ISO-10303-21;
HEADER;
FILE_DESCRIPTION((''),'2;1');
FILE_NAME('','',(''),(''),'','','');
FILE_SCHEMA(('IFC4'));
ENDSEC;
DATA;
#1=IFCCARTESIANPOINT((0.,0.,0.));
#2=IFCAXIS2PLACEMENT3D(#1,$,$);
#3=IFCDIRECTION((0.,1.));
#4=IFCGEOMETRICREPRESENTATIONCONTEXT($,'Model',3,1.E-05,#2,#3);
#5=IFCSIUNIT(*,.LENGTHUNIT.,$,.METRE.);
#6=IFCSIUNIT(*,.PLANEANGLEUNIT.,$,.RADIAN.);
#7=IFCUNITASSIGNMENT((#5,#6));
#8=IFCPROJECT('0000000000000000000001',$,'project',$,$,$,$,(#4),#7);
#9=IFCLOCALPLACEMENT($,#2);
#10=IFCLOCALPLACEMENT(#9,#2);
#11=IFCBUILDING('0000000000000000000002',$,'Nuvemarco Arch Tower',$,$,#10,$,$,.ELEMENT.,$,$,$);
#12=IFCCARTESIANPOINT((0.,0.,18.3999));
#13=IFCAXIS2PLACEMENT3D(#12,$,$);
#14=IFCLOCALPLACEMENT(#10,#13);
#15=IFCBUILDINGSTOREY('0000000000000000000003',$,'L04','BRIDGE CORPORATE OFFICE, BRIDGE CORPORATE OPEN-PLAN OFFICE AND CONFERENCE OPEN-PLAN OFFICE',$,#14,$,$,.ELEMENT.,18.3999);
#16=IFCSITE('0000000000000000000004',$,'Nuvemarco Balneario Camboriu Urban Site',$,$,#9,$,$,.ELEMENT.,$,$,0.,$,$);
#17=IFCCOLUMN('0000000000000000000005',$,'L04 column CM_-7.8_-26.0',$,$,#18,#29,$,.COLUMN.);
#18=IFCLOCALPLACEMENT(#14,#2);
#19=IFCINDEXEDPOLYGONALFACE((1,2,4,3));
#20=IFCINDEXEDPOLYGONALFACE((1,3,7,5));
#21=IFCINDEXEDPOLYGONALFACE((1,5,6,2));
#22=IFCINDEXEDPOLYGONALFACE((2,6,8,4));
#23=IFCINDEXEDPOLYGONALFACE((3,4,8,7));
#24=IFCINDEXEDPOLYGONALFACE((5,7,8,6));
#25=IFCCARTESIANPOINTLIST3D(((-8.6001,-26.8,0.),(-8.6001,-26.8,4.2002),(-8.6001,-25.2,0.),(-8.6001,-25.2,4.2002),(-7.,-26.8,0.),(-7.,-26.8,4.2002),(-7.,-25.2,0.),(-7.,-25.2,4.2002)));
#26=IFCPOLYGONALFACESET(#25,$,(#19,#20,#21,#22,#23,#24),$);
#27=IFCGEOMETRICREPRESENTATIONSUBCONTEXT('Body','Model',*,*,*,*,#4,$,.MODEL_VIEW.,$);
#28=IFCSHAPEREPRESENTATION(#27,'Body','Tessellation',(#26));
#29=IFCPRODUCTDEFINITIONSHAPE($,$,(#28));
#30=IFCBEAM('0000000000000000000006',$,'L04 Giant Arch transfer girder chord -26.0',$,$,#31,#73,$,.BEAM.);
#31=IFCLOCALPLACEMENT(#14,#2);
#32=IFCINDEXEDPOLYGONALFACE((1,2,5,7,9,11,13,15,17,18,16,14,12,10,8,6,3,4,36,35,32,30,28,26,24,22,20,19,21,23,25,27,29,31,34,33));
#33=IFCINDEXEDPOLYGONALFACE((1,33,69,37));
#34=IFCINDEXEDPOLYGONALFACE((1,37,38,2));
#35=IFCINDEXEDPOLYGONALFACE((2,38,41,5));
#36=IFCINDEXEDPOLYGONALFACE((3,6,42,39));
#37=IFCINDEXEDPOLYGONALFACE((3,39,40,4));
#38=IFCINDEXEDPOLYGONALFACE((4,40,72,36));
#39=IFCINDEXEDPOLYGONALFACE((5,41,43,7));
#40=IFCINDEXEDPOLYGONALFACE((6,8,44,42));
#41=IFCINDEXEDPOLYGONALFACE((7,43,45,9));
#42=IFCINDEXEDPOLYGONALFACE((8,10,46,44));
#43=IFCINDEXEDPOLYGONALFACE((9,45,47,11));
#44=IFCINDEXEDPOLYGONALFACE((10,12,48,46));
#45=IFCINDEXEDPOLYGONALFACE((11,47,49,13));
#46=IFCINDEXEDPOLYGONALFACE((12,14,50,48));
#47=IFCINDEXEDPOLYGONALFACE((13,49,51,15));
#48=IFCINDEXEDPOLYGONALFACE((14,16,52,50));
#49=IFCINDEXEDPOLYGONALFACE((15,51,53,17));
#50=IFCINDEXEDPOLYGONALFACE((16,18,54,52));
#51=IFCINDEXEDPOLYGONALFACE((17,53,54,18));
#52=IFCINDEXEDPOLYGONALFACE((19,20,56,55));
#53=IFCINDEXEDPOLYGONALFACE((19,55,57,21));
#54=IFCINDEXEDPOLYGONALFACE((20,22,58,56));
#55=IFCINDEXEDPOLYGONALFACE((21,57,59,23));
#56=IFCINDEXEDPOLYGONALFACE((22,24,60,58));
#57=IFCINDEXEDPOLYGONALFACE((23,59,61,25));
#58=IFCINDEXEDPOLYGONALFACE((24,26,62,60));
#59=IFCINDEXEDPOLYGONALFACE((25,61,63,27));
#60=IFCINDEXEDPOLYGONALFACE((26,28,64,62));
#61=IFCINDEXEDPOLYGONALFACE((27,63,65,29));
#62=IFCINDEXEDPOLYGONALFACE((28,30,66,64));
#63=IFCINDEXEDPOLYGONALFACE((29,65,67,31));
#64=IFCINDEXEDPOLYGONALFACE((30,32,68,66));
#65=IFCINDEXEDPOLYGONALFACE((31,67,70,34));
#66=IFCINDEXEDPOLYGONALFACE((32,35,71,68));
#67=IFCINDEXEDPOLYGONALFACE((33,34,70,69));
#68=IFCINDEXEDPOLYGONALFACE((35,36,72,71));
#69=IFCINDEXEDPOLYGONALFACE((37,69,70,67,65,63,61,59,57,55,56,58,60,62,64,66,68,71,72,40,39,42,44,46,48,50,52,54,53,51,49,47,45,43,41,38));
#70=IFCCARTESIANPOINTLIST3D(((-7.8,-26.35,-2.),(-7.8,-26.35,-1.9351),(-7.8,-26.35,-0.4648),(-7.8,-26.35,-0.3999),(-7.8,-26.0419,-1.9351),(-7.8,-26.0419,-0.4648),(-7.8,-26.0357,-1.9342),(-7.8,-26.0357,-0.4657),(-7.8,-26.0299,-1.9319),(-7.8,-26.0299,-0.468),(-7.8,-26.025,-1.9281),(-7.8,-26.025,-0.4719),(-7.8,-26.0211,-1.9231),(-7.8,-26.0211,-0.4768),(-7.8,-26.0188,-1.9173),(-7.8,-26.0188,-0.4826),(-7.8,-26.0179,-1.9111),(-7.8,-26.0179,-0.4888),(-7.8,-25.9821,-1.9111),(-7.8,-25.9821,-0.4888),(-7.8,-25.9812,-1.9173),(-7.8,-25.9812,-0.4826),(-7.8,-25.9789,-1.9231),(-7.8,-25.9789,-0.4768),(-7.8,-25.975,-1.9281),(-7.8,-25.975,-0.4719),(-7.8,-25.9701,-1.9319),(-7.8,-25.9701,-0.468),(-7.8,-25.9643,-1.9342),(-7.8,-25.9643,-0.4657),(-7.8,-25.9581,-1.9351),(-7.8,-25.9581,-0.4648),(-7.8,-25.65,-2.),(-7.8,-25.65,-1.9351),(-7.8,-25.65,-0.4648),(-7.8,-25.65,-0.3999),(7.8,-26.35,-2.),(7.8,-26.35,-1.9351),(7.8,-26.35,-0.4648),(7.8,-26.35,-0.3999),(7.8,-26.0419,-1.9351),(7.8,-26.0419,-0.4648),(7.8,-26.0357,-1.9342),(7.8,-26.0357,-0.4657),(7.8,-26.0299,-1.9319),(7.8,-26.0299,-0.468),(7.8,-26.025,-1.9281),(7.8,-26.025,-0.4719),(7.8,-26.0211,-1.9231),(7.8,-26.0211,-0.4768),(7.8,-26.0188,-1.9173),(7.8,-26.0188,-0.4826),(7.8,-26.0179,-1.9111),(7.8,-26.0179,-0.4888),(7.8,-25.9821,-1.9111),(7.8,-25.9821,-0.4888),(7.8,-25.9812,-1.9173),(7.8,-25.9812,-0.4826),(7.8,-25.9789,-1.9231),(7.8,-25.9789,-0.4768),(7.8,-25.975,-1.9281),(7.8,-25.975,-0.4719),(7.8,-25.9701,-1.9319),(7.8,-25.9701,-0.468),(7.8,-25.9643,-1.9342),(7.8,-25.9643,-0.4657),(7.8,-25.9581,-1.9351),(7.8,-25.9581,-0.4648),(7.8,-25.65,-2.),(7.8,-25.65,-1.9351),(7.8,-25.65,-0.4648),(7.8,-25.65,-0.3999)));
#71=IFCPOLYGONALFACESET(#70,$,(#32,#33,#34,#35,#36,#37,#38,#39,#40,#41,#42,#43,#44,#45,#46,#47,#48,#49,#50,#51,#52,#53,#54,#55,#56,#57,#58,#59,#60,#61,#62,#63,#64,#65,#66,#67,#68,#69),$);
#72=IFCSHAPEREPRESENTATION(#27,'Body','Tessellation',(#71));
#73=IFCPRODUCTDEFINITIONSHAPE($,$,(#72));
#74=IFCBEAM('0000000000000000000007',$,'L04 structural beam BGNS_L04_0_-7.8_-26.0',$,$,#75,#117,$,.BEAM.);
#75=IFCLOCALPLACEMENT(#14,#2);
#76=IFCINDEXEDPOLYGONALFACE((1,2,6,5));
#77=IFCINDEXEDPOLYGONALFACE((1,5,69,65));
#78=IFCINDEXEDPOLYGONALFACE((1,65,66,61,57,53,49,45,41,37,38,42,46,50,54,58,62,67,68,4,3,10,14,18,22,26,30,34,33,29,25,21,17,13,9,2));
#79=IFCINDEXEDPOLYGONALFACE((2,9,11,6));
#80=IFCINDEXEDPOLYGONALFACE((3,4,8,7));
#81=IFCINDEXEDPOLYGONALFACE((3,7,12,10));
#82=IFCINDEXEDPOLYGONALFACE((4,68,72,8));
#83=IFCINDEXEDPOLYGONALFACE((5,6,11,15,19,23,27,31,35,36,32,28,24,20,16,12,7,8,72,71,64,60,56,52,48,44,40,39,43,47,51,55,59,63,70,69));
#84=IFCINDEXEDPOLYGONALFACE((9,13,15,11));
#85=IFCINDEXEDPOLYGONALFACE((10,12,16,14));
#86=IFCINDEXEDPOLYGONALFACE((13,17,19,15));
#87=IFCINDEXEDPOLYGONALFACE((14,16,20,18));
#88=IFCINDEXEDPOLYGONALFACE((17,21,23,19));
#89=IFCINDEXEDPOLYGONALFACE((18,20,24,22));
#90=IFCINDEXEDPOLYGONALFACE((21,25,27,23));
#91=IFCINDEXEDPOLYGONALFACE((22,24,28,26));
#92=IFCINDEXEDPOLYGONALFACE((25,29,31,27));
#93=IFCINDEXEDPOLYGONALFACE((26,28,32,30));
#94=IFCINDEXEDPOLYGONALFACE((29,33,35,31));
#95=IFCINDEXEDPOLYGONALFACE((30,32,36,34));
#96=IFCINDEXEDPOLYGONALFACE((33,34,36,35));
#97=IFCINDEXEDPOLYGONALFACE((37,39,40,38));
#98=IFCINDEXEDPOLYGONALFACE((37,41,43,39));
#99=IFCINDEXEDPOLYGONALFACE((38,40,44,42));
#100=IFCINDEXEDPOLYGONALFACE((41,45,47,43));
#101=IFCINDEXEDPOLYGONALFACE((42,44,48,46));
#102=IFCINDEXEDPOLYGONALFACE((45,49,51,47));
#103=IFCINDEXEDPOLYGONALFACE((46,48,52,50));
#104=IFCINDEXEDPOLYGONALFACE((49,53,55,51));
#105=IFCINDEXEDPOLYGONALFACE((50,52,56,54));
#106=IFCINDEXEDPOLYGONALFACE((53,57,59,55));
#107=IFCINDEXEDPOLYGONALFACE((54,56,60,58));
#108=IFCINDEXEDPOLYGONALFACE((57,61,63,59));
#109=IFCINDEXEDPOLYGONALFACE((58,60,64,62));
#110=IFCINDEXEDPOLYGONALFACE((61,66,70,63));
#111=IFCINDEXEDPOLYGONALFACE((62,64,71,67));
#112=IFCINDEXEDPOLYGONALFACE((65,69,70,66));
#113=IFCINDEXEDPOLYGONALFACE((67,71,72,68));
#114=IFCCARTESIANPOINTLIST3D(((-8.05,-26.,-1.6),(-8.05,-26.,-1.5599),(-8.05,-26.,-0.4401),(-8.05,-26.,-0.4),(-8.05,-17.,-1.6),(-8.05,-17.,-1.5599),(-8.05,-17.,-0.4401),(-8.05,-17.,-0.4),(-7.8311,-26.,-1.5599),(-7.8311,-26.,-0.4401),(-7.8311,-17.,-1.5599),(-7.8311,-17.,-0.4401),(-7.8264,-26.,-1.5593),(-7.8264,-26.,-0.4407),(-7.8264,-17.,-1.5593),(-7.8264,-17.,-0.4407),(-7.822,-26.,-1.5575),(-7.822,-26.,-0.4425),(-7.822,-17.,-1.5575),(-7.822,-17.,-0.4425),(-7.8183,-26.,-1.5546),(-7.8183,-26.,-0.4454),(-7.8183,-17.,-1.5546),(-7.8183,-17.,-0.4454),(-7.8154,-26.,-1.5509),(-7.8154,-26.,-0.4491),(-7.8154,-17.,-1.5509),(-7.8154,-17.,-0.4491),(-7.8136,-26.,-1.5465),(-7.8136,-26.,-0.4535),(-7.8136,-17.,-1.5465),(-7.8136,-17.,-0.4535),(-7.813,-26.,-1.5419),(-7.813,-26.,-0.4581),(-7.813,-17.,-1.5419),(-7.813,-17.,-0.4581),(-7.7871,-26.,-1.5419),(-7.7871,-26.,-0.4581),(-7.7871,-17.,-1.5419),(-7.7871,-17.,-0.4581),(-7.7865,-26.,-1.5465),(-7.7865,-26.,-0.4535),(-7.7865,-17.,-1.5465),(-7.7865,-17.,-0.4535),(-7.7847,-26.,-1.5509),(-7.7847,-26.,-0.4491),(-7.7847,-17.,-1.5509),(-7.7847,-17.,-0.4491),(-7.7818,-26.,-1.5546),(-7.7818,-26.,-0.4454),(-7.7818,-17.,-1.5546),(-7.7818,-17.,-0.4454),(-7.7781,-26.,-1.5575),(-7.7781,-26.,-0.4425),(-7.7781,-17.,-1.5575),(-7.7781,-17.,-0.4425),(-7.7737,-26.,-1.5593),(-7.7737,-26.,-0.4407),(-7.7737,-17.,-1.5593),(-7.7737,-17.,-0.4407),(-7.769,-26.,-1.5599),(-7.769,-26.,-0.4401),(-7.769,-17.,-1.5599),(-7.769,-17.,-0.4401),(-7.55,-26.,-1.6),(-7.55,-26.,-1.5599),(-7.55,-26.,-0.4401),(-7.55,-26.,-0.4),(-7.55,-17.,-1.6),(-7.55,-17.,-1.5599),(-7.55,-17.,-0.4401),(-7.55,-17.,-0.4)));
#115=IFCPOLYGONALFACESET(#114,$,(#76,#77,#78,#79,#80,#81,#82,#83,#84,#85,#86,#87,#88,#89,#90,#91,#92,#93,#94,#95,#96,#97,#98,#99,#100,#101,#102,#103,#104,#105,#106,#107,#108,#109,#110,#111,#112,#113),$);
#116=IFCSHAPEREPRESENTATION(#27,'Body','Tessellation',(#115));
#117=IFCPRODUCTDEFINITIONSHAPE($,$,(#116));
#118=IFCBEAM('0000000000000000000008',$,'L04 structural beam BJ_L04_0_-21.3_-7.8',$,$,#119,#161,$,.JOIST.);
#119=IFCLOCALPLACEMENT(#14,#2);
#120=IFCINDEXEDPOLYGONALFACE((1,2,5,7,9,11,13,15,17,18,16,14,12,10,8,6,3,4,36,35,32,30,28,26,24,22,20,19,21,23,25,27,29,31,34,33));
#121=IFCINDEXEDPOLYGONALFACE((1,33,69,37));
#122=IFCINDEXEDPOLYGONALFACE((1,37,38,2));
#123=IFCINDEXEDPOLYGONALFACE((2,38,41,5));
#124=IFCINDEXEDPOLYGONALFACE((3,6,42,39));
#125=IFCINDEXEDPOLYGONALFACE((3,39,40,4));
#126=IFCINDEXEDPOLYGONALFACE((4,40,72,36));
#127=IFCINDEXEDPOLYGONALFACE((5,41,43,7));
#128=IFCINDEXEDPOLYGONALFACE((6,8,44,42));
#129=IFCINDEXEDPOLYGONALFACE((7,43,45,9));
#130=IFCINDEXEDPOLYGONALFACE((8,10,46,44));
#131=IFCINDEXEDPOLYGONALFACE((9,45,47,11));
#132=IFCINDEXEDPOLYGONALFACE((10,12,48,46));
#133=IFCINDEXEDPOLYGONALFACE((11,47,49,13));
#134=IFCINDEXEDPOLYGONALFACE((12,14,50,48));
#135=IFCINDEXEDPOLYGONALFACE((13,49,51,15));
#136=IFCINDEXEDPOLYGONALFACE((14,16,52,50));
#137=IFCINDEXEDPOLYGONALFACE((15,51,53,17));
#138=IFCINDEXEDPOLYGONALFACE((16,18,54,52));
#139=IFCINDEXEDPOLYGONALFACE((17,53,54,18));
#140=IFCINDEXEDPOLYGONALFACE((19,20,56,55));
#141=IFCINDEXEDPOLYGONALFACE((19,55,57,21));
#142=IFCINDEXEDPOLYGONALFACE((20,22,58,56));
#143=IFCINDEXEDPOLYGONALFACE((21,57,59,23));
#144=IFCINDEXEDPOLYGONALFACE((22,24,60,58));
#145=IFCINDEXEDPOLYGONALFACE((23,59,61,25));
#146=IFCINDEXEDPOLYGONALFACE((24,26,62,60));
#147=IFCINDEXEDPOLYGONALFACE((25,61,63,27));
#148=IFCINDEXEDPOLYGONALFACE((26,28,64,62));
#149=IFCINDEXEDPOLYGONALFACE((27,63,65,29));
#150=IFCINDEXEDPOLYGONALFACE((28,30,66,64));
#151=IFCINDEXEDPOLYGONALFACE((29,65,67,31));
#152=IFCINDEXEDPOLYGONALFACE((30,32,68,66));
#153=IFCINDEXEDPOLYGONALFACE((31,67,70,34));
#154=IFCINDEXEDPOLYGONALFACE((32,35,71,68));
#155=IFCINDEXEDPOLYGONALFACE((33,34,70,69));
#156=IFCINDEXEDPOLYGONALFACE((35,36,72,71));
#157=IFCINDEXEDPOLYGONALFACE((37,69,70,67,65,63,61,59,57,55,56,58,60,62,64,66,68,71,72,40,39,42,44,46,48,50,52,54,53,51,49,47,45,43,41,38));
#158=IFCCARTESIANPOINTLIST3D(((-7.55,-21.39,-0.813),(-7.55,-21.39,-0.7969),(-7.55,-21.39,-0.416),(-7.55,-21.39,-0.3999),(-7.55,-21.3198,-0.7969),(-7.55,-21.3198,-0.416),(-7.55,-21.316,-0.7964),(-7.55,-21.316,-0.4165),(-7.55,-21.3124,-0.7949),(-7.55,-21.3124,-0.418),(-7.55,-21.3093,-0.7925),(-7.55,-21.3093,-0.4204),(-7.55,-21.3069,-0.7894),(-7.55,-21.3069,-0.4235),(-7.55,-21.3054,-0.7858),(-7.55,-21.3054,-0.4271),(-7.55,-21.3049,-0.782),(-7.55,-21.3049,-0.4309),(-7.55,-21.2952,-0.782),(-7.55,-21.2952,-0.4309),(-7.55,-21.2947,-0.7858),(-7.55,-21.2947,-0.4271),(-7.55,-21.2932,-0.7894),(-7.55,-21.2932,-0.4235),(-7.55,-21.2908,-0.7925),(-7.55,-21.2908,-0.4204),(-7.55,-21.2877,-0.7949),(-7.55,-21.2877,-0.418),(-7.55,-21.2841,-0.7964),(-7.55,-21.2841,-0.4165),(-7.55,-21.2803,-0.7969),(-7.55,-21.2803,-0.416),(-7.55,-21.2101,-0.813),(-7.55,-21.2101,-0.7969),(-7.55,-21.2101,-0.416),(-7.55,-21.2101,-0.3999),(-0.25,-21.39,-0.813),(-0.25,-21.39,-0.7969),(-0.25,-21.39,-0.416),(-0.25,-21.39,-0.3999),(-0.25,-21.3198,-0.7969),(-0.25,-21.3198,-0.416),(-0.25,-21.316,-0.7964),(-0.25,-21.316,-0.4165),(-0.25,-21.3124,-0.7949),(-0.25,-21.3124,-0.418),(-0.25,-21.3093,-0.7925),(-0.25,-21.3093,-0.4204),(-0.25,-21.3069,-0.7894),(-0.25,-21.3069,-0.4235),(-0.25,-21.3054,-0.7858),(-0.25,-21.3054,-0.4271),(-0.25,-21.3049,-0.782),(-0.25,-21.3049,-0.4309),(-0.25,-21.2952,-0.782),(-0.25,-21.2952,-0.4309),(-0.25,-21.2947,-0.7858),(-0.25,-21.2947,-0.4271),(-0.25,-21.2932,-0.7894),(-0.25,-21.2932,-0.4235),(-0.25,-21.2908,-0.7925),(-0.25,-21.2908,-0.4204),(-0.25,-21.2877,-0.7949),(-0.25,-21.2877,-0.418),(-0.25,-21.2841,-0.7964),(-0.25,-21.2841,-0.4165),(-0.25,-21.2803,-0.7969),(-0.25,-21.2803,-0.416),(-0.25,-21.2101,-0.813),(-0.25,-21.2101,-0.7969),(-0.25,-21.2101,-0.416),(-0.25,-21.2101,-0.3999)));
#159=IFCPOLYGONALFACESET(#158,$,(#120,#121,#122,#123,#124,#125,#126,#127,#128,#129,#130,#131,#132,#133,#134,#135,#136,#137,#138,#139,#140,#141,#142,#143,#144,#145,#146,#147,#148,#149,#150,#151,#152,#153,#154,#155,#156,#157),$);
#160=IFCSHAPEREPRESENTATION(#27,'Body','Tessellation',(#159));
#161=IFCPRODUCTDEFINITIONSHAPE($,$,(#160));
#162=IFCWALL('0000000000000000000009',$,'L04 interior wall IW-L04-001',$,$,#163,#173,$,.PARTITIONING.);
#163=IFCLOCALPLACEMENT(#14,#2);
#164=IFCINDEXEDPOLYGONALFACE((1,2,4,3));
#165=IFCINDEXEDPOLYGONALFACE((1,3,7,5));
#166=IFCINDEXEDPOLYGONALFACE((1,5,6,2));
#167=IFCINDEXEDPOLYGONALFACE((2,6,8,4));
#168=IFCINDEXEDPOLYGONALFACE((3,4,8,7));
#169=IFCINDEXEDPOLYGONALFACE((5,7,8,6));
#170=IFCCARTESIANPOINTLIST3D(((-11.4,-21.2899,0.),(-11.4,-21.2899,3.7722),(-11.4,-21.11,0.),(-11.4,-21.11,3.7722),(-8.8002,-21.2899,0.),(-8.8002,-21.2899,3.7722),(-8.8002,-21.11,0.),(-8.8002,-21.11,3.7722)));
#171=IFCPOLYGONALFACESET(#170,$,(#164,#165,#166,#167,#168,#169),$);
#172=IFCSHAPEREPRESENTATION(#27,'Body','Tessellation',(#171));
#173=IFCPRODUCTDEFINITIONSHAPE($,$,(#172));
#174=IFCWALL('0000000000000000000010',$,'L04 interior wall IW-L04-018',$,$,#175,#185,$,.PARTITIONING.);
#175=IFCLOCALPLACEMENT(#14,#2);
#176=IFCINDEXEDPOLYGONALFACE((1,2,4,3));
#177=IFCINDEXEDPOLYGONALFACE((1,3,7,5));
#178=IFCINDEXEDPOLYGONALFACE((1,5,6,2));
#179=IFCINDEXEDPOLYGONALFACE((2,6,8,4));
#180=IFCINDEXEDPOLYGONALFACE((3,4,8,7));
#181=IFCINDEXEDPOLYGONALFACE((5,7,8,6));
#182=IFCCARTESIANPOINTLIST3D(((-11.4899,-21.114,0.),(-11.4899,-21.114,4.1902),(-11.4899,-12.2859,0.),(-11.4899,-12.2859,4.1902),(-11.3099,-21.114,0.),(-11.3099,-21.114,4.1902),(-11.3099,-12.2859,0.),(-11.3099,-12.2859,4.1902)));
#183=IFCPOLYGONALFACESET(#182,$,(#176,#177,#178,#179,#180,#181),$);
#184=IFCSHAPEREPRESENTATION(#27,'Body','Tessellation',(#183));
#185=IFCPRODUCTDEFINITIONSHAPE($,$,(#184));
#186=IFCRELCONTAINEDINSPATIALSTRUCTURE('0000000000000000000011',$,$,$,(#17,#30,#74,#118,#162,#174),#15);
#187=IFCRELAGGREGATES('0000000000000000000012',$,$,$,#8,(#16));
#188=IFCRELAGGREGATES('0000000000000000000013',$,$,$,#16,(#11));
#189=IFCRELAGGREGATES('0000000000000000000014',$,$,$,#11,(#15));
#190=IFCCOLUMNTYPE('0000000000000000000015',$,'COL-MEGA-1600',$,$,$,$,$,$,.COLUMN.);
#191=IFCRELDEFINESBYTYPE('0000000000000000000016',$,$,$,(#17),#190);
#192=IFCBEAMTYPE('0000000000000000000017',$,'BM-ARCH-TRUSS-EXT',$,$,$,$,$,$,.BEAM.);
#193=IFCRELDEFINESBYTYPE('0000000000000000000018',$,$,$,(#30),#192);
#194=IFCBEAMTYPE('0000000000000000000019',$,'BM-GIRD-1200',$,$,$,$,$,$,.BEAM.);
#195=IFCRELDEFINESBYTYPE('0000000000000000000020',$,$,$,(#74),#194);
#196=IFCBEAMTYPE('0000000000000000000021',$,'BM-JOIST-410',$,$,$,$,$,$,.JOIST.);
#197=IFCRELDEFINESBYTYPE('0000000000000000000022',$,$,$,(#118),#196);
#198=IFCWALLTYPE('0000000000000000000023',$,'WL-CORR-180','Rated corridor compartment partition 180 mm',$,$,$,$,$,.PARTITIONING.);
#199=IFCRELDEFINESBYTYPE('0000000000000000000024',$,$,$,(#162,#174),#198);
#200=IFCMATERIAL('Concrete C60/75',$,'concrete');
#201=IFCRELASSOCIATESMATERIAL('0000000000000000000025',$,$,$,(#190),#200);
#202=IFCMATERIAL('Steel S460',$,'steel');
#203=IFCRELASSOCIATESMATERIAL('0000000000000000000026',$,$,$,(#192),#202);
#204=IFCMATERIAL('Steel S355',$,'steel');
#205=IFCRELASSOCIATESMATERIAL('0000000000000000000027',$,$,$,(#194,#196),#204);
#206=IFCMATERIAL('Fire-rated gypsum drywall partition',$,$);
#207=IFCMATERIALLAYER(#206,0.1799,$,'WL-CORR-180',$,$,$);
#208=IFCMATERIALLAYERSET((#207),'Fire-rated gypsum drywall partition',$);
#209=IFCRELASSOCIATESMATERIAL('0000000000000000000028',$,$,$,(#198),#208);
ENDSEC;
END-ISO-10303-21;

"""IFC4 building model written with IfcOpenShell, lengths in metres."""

from ifc_helpers import new_model, si_unit, direction, frame, frame_2d, origin, origin_2d, place, context, subcontext, project, spatial, rectangle, i_section, extrude, material, layer, layer_set, material_profile, profile_set, type_object, element, save


model = new_model("IFC4")

# Units and contexts
model_context = context("Model", 3, precision=1e-05, world=origin(), true_north=direction((0.0, 1.0)))
body_context = subcontext(model_context, "Body", "Model", "MODEL_VIEW")
ifc_project = project(units=[si_unit("LENGTHUNIT", "METRE"), si_unit("PLANEANGLEUNIT", "RADIAN")], contexts=[model_context])

# Site, building, storey
site_placement = place(None, origin())
site = spatial("IfcSite", under=ifc_project, at=site_placement, Name="Nuvemarco Balneario Camboriu Urban Site", CompositionType="ELEMENT", RefElevation=0.0)
building_placement = place(site_placement, origin())
building = spatial("IfcBuilding", under=site, at=building_placement, Name="Nuvemarco Arch Tower", CompositionType="ELEMENT")
storey_placement = place(building_placement, frame((0.0, 0.0, 18.3999)))
storey = spatial("IfcBuildingStorey", under=building, at=storey_placement, Name="L04", Description="BRIDGE CORPORATE OFFICE, BRIDGE CORPORATE OPEN-PLAN OFFICE AND CONFERENCE OPEN-PLAN OFFICE", CompositionType="ELEMENT", Elevation=18.3999)

# Column
ifc_material_1 = material(Name="Concrete C60/75", Category="concrete")
ifc_material_profile_1 = material_profile(ifc_material_1, rectangle(XDim=1.6001, YDim=1.6001, at=origin_2d()), Name="RC-COL-1600x1600")
ifc_profile_set_1 = profile_set([ifc_material_profile_1], Name="Concrete C60/75")
column_type = type_object("IfcColumnType", Name="COL-MEGA-1600", PredefinedType="COLUMN", material=ifc_profile_set_1)
column_placement = place(storey_placement, frame((-7.8, -26.0, 0.0), z_axis=(0.0, 0.0, 1.0), x_axis=(1.0, 0.0, 0.0)))
element("IfcColumn", 1, at=column_placement, inside=storey, type_object=column_type, Name="L04 column CM_-7.8_-26.0", PredefinedType="COLUMN", context=body_context, shape_type="SweptSolid", body=[
    extrude(rectangle(XDim=1.6001, YDim=1.6001, at=origin_2d()), origin(), (0.0, 0.0, 1.0), 4.2002),
])

# Beams
ifc_material_2 = material(Name="Steel S460", Category="steel")
ifc_material_profile_2 = material_profile(ifc_material_2, i_section(OverallWidth=0.7, OverallDepth=1.6001, WebThickness=0.0359, FlangeThickness=0.0649, FilletRadius=0.0239, at=origin_2d()), Name="PG1600x700")
ifc_profile_set_2 = profile_set([ifc_material_profile_2], Name="Steel S460")
beam_type_1 = type_object("IfcBeamType", Name="BM-ARCH-TRUSS-EXT", PredefinedType="BEAM", material=ifc_profile_set_2)
beam_1_placement = place(storey_placement, frame((-7.8, -26.0, -1.2), z_axis=(1.0, 0.0, 0.0), x_axis=(0.0, 1.0, 0.0)))
element("IfcBeam", 2, at=beam_1_placement, inside=storey, type_object=beam_type_1, Name="L04 Giant Arch transfer girder chord -26.0", PredefinedType="BEAM", context=body_context, shape_type="SweptSolid", body=[
    extrude(i_section(OverallWidth=0.7, OverallDepth=1.6001, WebThickness=0.0359, FlangeThickness=0.0649, FilletRadius=0.0239, at=origin_2d()), origin(), (0.0, 0.0, 1.0), 15.6001),
])
ifc_material_3 = material(Name="Steel S355", Category="steel")
ifc_material_profile_3 = material_profile(ifc_material_3, i_section(OverallWidth=0.5, OverallDepth=1.2, WebThickness=0.0259, FlangeThickness=0.04, FilletRadius=0.0181, at=origin_2d()), Name="PG1200x500")
ifc_profile_set_3 = profile_set([ifc_material_profile_3], Name="Steel S355")
beam_type_2 = type_object("IfcBeamType", Name="BM-GIRD-1200", PredefinedType="BEAM", material=ifc_profile_set_3)
beam_2_placement = place(storey_placement, frame((-7.8, -26.0, -1.0), z_axis=(0.0, 1.0, 0.0), x_axis=(-1.0, 0.0, 0.0)))
element("IfcBeam", 3, at=beam_2_placement, inside=storey, type_object=beam_type_2, Name="L04 structural beam BGNS_L04_0_-7.8_-26.0", PredefinedType="BEAM", context=body_context, shape_type="SweptSolid", body=[
    extrude(i_section(OverallWidth=0.5, OverallDepth=1.2, WebThickness=0.0259, FlangeThickness=0.04, FilletRadius=0.0181, at=origin_2d()), origin(), (0.0, 0.0, 1.0), 9.0),
])
ifc_material_profile_4 = material_profile(ifc_material_3, i_section(OverallWidth=0.1799, OverallDepth=0.4131, WebThickness=0.0098, FlangeThickness=0.0161, FilletRadius=0.0149, at=origin_2d()), Name="W410x75")
ifc_profile_set_4 = profile_set([ifc_material_profile_4], Name="Steel S355")
beam_type_3 = type_object("IfcBeamType", Name="BM-JOIST-410", PredefinedType="JOIST", material=ifc_profile_set_4)
beam_3_placement = place(storey_placement, frame((-7.55, -21.3, -0.6064), z_axis=(1.0, 0.0, 0.0), x_axis=(0.0, 1.0, 0.0)))
element("IfcBeam", 4, at=beam_3_placement, inside=storey, type_object=beam_type_3, Name="L04 structural beam BJ_L04_0_-21.3_-7.8", PredefinedType="JOIST", context=body_context, shape_type="SweptSolid", body=[
    extrude(i_section(OverallWidth=0.1799, OverallDepth=0.4131, WebThickness=0.0098, FlangeThickness=0.0161, FilletRadius=0.0149, at=origin_2d()), origin(), (0.0, 0.0, 1.0), 7.3),
])

# Walls
ifc_material_4 = material(Name="Fire-rated gypsum drywall partition")
ifc_layer_1 = layer(ifc_material_4, 0.1799, Name="WL-CORR-180")
ifc_layer_set_1 = layer_set([ifc_layer_1], Name="Fire-rated gypsum drywall partition")
wall_type_1 = type_object("IfcWallType", Name="WL-CORR-180", Description="Rated corridor compartment partition 180 mm", PredefinedType="PARTITIONING", material=ifc_layer_set_1)
wall_1_placement = place(storey_placement, frame((-11.3999, -21.2, 0.0), z_axis=(0.0, 0.0, 1.0), x_axis=(1.0, 0.0, 0.0)))
element("IfcWall", 5, at=wall_1_placement, inside=storey, type_object=wall_type_1, Name="L04 interior wall IW-L04-001", PredefinedType="PARTITIONING", context=body_context, shape_type="SweptSolid", body=[
    extrude(rectangle(XDim=2.5999, YDim=0.1799, at=frame_2d((1.2998, 0.0))), origin(), (0.0, 0.0, 1.0), 3.7722),
])
wall_2_placement = place(storey_placement, frame((-11.3999, -21.114, 0.0), z_axis=(0.0, 0.0, 1.0), x_axis=(0.0, 1.0, 0.0)))
element("IfcWall", 6, at=wall_2_placement, inside=storey, type_object=wall_type_1, Name="L04 interior wall IW-L04-018", PredefinedType="PARTITIONING", context=body_context, shape_type="SweptSolid", body=[
    extrude(rectangle(XDim=8.8281, YDim=0.1799, at=frame_2d((4.4141, 0.0))), origin(), (0.0, 0.0, 1.0), 4.1902),
])

save(model, "model.ifc")
